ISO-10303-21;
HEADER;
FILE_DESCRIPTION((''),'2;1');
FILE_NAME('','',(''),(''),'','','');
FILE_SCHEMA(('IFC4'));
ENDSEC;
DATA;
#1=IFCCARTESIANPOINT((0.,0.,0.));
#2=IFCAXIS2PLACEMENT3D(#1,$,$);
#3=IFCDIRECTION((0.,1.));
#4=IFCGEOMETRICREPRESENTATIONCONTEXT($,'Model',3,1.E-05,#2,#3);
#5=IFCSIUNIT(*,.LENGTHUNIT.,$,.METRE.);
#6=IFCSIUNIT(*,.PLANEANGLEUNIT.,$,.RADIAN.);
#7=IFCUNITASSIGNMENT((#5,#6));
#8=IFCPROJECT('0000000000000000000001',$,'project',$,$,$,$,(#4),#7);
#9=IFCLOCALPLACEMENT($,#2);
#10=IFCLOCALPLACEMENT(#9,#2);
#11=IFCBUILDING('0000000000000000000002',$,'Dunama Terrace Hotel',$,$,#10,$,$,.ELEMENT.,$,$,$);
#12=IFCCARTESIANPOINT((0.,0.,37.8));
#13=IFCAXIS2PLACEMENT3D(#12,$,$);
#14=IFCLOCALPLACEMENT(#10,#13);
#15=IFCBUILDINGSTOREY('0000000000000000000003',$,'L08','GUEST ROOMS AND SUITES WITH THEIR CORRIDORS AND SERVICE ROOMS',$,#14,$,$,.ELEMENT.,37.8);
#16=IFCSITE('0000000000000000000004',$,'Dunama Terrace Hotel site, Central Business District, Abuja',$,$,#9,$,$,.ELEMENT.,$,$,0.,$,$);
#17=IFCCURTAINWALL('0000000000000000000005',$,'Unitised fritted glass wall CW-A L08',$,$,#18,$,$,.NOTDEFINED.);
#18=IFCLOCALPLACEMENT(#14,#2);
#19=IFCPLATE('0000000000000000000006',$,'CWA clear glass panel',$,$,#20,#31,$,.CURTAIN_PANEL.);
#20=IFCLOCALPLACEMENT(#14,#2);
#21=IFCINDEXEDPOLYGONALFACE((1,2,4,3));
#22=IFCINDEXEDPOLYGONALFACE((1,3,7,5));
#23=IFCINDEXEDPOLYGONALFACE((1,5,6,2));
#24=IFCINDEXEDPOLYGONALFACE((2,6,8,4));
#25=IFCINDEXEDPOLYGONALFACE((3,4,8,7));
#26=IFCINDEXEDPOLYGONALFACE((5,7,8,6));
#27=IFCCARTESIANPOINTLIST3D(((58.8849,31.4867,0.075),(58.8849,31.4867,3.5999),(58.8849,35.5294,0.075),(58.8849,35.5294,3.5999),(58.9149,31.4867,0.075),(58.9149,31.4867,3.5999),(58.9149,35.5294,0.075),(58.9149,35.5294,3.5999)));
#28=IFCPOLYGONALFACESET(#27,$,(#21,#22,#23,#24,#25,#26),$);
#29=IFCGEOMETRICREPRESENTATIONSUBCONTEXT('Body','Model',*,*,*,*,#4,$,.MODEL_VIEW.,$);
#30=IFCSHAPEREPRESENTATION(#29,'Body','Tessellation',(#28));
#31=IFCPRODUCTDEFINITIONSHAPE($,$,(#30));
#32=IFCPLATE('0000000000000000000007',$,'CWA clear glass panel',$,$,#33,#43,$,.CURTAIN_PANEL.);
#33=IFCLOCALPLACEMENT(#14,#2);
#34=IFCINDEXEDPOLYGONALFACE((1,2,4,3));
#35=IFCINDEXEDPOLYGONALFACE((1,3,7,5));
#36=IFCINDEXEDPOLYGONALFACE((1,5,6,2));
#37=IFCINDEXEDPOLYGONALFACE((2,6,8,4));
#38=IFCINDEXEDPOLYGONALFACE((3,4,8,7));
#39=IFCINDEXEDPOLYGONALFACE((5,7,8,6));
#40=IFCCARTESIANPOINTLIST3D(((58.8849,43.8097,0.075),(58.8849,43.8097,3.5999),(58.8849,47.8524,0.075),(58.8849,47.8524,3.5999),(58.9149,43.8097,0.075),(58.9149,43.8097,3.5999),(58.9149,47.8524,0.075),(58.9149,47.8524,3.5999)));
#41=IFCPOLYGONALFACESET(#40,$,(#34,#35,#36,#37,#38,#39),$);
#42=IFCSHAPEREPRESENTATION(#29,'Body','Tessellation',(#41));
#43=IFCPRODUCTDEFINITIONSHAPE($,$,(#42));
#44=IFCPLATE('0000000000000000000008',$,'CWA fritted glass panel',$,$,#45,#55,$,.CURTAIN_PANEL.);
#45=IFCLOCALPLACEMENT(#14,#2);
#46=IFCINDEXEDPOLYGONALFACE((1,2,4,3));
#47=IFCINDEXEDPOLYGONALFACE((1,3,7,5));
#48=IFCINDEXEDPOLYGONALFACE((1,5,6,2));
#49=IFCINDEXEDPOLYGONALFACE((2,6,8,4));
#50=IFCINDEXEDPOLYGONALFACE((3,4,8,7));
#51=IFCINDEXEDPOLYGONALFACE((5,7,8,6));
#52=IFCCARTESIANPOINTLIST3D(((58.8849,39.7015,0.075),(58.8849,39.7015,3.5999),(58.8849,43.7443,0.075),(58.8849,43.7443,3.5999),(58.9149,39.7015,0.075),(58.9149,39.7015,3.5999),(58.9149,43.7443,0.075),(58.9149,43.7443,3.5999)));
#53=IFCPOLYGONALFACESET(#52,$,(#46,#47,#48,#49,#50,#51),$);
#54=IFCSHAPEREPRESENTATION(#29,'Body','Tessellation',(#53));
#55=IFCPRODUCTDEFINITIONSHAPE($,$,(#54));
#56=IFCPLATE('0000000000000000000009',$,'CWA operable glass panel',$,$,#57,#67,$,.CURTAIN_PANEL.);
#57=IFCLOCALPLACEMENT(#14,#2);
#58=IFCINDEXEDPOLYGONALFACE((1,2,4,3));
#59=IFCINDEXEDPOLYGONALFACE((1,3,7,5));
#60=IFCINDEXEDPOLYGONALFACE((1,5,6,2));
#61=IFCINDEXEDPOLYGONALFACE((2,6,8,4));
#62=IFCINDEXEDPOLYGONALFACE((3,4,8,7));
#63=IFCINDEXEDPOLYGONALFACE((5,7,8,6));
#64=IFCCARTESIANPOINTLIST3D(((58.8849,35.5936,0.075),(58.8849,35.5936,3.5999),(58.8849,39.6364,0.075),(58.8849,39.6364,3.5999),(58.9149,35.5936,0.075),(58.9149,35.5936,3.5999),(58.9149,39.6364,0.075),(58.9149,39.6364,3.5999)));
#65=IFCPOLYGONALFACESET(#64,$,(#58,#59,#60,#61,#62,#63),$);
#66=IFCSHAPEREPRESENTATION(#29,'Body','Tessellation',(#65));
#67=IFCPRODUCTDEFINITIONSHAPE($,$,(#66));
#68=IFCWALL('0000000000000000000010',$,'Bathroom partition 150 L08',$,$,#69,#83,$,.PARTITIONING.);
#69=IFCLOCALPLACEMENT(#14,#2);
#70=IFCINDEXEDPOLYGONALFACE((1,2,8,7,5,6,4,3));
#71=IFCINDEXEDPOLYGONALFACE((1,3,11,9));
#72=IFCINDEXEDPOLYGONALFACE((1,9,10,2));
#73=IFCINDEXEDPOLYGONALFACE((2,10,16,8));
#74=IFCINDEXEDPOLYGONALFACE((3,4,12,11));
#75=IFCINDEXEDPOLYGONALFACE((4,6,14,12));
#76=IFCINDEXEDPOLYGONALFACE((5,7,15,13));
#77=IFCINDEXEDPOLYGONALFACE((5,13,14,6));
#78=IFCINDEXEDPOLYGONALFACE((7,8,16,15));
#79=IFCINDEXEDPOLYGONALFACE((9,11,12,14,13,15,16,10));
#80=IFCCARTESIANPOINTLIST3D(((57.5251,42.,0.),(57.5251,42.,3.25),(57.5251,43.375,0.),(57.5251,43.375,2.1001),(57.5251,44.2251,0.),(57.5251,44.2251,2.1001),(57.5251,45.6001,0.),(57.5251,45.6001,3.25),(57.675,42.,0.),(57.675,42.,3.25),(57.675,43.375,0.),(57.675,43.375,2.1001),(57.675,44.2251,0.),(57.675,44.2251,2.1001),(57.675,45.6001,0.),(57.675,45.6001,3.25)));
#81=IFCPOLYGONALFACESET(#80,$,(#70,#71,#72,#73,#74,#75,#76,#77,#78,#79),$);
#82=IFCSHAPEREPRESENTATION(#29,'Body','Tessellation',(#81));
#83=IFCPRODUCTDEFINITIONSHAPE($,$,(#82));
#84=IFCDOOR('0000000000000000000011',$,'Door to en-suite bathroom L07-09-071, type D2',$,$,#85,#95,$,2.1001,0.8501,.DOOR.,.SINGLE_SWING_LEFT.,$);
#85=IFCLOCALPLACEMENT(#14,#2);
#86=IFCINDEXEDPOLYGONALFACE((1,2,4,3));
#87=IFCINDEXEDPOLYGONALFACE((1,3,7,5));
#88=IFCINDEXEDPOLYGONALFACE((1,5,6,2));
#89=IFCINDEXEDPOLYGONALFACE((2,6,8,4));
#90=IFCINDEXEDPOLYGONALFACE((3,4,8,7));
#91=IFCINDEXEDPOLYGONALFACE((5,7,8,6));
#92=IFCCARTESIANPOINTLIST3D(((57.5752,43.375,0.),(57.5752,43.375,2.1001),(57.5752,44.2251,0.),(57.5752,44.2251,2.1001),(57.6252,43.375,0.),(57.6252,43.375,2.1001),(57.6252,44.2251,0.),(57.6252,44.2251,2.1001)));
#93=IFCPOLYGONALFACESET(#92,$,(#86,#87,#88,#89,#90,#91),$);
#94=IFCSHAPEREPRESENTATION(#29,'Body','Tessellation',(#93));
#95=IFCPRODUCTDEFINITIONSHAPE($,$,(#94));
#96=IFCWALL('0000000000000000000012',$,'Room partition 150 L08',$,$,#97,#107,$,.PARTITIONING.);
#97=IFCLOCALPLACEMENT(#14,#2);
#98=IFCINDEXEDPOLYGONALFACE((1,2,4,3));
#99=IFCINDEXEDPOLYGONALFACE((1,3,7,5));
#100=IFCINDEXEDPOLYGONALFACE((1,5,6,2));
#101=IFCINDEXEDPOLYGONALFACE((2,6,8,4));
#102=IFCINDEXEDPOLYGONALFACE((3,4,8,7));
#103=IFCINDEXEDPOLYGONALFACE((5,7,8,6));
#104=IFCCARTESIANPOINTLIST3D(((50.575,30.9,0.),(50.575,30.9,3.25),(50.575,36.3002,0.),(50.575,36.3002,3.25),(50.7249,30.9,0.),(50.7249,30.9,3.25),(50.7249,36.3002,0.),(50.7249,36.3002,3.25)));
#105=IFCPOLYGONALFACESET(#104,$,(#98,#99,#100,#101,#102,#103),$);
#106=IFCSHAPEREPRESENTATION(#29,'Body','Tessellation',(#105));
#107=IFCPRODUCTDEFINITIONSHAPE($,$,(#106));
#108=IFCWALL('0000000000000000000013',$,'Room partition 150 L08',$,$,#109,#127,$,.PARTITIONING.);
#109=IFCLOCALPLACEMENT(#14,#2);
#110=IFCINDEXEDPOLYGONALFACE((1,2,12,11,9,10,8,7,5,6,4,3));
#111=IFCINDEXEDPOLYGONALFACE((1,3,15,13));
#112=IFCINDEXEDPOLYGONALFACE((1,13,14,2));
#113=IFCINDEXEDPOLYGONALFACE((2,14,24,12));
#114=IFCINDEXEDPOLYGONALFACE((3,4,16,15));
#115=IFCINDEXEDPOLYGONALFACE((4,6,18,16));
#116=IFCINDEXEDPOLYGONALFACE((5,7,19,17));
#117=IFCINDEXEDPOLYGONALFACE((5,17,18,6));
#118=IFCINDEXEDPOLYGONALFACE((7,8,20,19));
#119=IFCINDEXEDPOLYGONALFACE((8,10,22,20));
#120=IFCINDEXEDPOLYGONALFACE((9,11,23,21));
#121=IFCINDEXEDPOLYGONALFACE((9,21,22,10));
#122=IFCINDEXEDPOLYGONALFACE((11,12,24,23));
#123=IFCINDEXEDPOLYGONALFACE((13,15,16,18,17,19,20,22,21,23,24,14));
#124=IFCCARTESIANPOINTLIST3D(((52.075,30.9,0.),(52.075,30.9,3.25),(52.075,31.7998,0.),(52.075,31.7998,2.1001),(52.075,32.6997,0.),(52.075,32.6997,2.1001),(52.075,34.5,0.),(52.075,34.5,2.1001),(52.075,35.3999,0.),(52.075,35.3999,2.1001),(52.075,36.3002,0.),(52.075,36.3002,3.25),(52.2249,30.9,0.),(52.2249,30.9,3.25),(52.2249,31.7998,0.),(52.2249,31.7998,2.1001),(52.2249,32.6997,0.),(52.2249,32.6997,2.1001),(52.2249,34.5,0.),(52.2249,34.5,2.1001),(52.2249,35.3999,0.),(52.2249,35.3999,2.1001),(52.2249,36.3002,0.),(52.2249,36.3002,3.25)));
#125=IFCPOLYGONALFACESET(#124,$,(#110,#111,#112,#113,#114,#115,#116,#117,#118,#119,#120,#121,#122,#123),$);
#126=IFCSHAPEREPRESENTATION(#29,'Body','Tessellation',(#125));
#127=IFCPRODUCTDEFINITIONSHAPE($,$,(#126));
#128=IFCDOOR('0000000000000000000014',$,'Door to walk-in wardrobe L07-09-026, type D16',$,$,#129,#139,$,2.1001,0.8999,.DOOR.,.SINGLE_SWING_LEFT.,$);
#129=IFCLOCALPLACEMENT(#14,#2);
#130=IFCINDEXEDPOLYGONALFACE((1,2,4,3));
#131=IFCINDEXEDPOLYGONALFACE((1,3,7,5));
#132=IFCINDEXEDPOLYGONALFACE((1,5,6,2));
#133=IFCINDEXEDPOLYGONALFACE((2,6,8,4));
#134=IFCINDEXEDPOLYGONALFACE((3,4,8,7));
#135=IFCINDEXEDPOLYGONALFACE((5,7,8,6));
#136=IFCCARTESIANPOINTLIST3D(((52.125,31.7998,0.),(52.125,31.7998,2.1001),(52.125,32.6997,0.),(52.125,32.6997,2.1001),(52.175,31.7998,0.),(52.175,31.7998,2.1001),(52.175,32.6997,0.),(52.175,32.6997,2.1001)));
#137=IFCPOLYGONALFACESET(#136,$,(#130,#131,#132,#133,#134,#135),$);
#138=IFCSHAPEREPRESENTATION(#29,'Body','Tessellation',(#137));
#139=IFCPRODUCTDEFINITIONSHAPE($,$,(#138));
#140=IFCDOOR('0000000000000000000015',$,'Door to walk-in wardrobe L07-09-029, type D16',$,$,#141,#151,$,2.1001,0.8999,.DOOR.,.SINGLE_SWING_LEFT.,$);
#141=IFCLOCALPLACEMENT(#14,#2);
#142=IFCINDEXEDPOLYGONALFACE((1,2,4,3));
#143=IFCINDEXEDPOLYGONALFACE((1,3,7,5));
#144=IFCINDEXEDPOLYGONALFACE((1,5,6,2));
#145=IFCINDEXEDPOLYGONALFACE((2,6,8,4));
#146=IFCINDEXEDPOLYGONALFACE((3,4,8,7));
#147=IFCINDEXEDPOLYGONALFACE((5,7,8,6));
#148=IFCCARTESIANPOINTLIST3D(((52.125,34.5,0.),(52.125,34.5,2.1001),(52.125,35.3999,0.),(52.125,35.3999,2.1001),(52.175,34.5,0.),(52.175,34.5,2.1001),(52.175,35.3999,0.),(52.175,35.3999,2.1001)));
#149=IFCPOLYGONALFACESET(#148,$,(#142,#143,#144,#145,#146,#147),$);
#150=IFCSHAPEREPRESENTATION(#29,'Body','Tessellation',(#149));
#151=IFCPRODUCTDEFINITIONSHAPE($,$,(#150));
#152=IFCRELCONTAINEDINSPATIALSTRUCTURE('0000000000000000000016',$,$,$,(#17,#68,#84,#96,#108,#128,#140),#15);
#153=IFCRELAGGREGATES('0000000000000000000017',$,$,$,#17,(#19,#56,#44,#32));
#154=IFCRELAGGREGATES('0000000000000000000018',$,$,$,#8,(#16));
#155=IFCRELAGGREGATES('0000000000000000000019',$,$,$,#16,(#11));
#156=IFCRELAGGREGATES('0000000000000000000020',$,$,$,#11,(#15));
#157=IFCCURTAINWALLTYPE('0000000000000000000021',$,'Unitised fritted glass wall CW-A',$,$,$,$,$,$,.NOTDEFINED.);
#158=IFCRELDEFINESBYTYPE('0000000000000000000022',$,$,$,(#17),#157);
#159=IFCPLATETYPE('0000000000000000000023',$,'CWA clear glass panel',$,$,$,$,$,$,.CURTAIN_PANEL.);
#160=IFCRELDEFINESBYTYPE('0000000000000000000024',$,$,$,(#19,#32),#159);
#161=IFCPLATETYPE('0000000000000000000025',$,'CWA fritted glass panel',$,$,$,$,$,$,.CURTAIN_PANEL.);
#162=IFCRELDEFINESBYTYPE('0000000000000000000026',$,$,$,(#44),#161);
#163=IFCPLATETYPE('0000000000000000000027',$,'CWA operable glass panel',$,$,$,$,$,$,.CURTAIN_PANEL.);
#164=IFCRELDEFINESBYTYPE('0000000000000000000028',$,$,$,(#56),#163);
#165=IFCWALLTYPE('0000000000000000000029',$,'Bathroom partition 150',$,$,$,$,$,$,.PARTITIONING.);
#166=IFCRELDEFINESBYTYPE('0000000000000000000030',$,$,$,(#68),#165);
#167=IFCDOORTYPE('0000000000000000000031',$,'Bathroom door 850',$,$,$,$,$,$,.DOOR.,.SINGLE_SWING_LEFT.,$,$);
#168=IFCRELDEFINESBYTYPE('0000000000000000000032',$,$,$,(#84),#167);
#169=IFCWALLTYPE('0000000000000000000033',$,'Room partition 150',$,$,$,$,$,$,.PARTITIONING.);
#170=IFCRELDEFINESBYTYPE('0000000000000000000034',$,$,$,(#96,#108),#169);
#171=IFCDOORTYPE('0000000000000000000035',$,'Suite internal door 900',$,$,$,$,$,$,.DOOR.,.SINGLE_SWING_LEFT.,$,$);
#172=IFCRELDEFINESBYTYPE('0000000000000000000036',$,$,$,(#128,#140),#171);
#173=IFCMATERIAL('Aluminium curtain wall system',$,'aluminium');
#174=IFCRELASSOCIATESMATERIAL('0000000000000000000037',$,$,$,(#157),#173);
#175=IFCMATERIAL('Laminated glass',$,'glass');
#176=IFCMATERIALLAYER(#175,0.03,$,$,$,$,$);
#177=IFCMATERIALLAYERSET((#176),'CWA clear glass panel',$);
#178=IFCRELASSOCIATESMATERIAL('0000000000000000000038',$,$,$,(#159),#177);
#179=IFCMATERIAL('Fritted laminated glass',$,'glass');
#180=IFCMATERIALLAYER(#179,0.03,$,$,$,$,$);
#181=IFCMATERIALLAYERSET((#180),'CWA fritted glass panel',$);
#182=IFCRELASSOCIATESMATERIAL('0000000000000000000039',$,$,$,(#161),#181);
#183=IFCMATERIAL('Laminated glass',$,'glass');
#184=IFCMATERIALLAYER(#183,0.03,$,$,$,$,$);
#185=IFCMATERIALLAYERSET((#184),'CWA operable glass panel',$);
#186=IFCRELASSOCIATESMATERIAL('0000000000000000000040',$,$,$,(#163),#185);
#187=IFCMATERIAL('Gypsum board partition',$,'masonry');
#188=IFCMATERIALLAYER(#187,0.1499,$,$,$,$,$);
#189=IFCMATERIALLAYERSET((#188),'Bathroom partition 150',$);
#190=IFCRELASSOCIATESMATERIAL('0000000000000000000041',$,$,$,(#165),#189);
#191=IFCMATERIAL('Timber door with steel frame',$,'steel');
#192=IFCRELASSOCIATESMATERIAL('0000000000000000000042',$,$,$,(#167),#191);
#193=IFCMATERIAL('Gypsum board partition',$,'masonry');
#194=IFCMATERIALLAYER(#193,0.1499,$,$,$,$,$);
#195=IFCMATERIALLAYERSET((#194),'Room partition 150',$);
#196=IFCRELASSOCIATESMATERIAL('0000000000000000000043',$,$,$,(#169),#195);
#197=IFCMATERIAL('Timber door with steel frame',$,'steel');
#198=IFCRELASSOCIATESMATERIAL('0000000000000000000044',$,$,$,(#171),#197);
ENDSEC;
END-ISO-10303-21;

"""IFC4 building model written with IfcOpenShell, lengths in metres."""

from ifc_helpers import new_model, si_unit, direction, frame, frame_2d, origin, origin_2d, place, context, subcontext, project, spatial, rectangle, extrude, material, layer, layer_set, type_object, element, fill, aggregate, save


model = new_model("IFC4")

# Units and contexts
model_context = context("Model", 3, precision=1e-05, world=origin(), true_north=direction((0.0, 1.0)))
body_context = subcontext(model_context, "Body", "Model", "MODEL_VIEW")
ifc_project = project(units=[si_unit("LENGTHUNIT", "METRE"), si_unit("PLANEANGLEUNIT", "RADIAN")], contexts=[model_context])

# Site, building, storey
site_placement = place(None, origin())
site = spatial("IfcSite", under=ifc_project, at=site_placement, Name="Dunama Terrace Hotel site, Central Business District, Abuja", CompositionType="ELEMENT", RefElevation=0.0)
building_placement = place(site_placement, origin())
building = spatial("IfcBuilding", under=site, at=building_placement, Name="Dunama Terrace Hotel", CompositionType="ELEMENT")
storey_placement = place(building_placement, frame((0.0, 0.0, 37.8)))
storey = spatial("IfcBuildingStorey", under=building, at=storey_placement, Name="L08", Description="GUEST ROOMS AND SUITES WITH THEIR CORRIDORS AND SERVICE ROOMS", CompositionType="ELEMENT", Elevation=37.8)

# Curtain wall
ifc_material_1 = material(Name="Aluminium curtain wall system", Category="aluminium")
curtain_wall_type = type_object("IfcCurtainWallType", Name="Unitised fritted glass wall CW-A", PredefinedType="NOTDEFINED", material=ifc_material_1)
curtain_wall_placement = place(storey_placement, origin())
curtain_wall = element("IfcCurtainWall", 1, at=curtain_wall_placement, inside=storey, type_object=curtain_wall_type, Name="Unitised fritted glass wall CW-A L08", PredefinedType="NOTDEFINED")

# Plates
ifc_material_2 = material(Name="Laminated glass", Category="glass")
ifc_layer_1 = layer(ifc_material_2, 0.03)
ifc_layer_set_1 = layer_set([ifc_layer_1], Name="CWA clear glass panel")
plate_type_1 = type_object("IfcPlateType", Name="CWA clear glass panel", PredefinedType="CURTAIN_PANEL", material=ifc_layer_set_1)
plate_1_placement = place(storey_placement, frame((58.8999, 33.5081, 0.075), z_axis=(0.0, 0.0, 1.0), x_axis=(0.0, 1.0, 0.0)))
plate_1 = element("IfcPlate", 2, at=plate_1_placement, type_object=plate_type_1, Name="CWA clear glass panel", PredefinedType="CURTAIN_PANEL", context=body_context, shape_type="SweptSolid", body=[
    extrude(rectangle(XDim=4.0427, YDim=0.03, at=origin_2d()), origin(), (0.0, 0.0, 1.0), 3.5249),
])
plate_2_placement = place(storey_placement, frame((58.8999, 45.8311, 0.075), z_axis=(0.0, 0.0, 1.0), x_axis=(0.0, 1.0, 0.0)))
plate_2 = element("IfcPlate", 3, at=plate_2_placement, type_object=plate_type_1, Name="CWA clear glass panel", PredefinedType="CURTAIN_PANEL", context=body_context, shape_type="SweptSolid", body=[
    extrude(rectangle(XDim=4.0427, YDim=0.03, at=origin_2d()), origin(), (0.0, 0.0, 1.0), 3.5249),
])
ifc_material_3 = material(Name="Fritted laminated glass", Category="glass")
ifc_layer_2 = layer(ifc_material_3, 0.03)
ifc_layer_set_2 = layer_set([ifc_layer_2], Name="CWA fritted glass panel")
plate_type_2 = type_object("IfcPlateType", Name="CWA fritted glass panel", PredefinedType="CURTAIN_PANEL", material=ifc_layer_set_2)
plate_3_placement = place(storey_placement, frame((58.8999, 41.7229, 0.075), z_axis=(0.0, 0.0, 1.0), x_axis=(0.0, 1.0, 0.0)))
plate_3 = element("IfcPlate", 4, at=plate_3_placement, type_object=plate_type_2, Name="CWA fritted glass panel", PredefinedType="CURTAIN_PANEL", context=body_context, shape_type="SweptSolid", body=[
    extrude(rectangle(XDim=4.0427, YDim=0.03, at=origin_2d()), origin(), (0.0, 0.0, 1.0), 3.5249),
])
ifc_material_4 = material(Name="Laminated glass", Category="glass")
ifc_layer_3 = layer(ifc_material_4, 0.03)
ifc_layer_set_3 = layer_set([ifc_layer_3], Name="CWA operable glass panel")
plate_type_3 = type_object("IfcPlateType", Name="CWA operable glass panel", PredefinedType="CURTAIN_PANEL", material=ifc_layer_set_3)
plate_4_placement = place(storey_placement, frame((58.8999, 37.615, 0.075), z_axis=(0.0, 0.0, 1.0), x_axis=(0.0, 1.0, 0.0)))
plate_4 = element("IfcPlate", 5, at=plate_4_placement, type_object=plate_type_3, Name="CWA operable glass panel", PredefinedType="CURTAIN_PANEL", context=body_context, shape_type="SweptSolid", body=[
    extrude(rectangle(XDim=4.0427, YDim=0.03, at=origin_2d()), origin(), (0.0, 0.0, 1.0), 3.5249),
])
aggregate(curtain_wall, [plate_1, plate_4, plate_3, plate_2])

# Wall, opening, door
ifc_material_5 = material(Name="Gypsum board partition", Category="masonry")
ifc_layer_4 = layer(ifc_material_5, 0.1499)
ifc_layer_set_4 = layer_set([ifc_layer_4], Name="Bathroom partition 150")
wall_type_1 = type_object("IfcWallType", Name="Bathroom partition 150", PredefinedType="PARTITIONING", material=ifc_layer_set_4)
wall_1_placement = place(storey_placement, frame((57.6001, 42.0, 0.0), z_axis=(0.0, 0.0, 1.0), x_axis=(0.0, 1.0, 0.0)))
wall_1 = element("IfcWall", 6, at=wall_1_placement, inside=storey, type_object=wall_type_1, Name="Bathroom partition 150 L08", PredefinedType="PARTITIONING", context=body_context, shape_type="SweptSolid", body=[
    extrude(rectangle(XDim=3.6001, YDim=0.1499, at=frame_2d((1.8, 0.0))), origin(), (0.0, 0.0, 1.0), 3.25),
])
opening_1_placement = place(wall_1_placement, frame((1.375, 0.0, 0.0)))
opening_1 = element("IfcOpeningElement", 7, at=opening_1_placement, cuts=wall_1, PredefinedType="OPENING", context=body_context, shape_type="SweptSolid", body=[
    extrude(rectangle(XDim=0.8501, YDim=2.1001, at=frame_2d((0.425, 1.05))), frame((0.0, 0.085, 0.0), z_axis=(0.0, -1.0, 0.0), x_axis=(1.0, 0.0, 0.0)), (0.0, 0.0, 1.0), 0.1699),
])
ifc_material_6 = material(Name="Timber door with steel frame", Category="steel")
door_type_1 = type_object("IfcDoorType", Name="Bathroom door 850", OperationType="SINGLE_SWING_LEFT", PredefinedType="DOOR", material=ifc_material_6)
door_1_placement = place(opening_1_placement, origin())
door_1 = element("IfcDoor", 8, at=door_1_placement, inside=storey, type_object=door_type_1, Name="Door to en-suite bathroom L07-09-071, type D2", OperationType="SINGLE_SWING_LEFT", OverallHeight=2.1001, OverallWidth=0.8501, PredefinedType="DOOR", context=body_context, shape_type="SweptSolid", body=[
    extrude(rectangle(XDim=0.8501, YDim=2.1001, at=frame_2d((0.425, 1.05))), frame((0.0, 0.0249, 0.0), z_axis=(0.0, -1.0, 0.0), x_axis=(1.0, 0.0, 0.0)), (0.0, 0.0, 1.0), 0.05),
])
fill(opening_1, door_1)

# Wall
ifc_material_7 = material(Name="Gypsum board partition", Category="masonry")
ifc_layer_5 = layer(ifc_material_7, 0.1499)
ifc_layer_set_5 = layer_set([ifc_layer_5], Name="Room partition 150")
wall_type_2 = type_object("IfcWallType", Name="Room partition 150", PredefinedType="PARTITIONING", material=ifc_layer_set_5)
wall_2_placement = place(storey_placement, frame((50.6499, 30.8999, 0.0), z_axis=(0.0, 0.0, 1.0), x_axis=(0.0, 1.0, 0.0)))
element("IfcWall", 9, at=wall_2_placement, inside=storey, type_object=wall_type_2, Name="Room partition 150 L08", PredefinedType="PARTITIONING", context=body_context, shape_type="SweptSolid", body=[
    extrude(rectangle(XDim=5.4001, YDim=0.1499, at=frame_2d((2.7002, 0.0))), origin(), (0.0, 0.0, 1.0), 3.25),
])

# Wall, openings, doors
wall_3_placement = place(storey_placement, frame((52.1499, 30.8999, 0.0), z_axis=(0.0, 0.0, 1.0), x_axis=(0.0, 1.0, 0.0)))
wall_3 = element("IfcWall", 10, at=wall_3_placement, inside=storey, type_object=wall_type_2, Name="Room partition 150 L08", PredefinedType="PARTITIONING", context=body_context, shape_type="SweptSolid", body=[
    extrude(rectangle(XDim=5.4001, YDim=0.1499, at=frame_2d((2.7002, 0.0))), origin(), (0.0, 0.0, 1.0), 3.25),
])
opening_2_placement = place(wall_3_placement, frame((0.8999, 0.0, 0.0)))
opening_2 = element("IfcOpeningElement", 11, at=opening_2_placement, cuts=wall_3, PredefinedType="OPENING", context=body_context, shape_type="SweptSolid", body=[
    extrude(rectangle(XDim=0.8999, YDim=2.1001, at=frame_2d((0.45, 1.05))), frame((0.0, 0.085, 0.0), z_axis=(0.0, -1.0, 0.0), x_axis=(1.0, 0.0, 0.0)), (0.0, 0.0, 1.0), 0.1699),
])
opening_3_placement = place(wall_3_placement, frame((3.6001, 0.0, 0.0)))
opening_3 = element("IfcOpeningElement", 12, at=opening_3_placement, cuts=wall_3, PredefinedType="OPENING", context=body_context, shape_type="SweptSolid", body=[
    extrude(rectangle(XDim=0.8999, YDim=2.1001, at=frame_2d((0.45, 1.05))), frame((0.0, 0.085, 0.0), z_axis=(0.0, -1.0, 0.0), x_axis=(1.0, 0.0, 0.0)), (0.0, 0.0, 1.0), 0.1699),
])
ifc_material_8 = material(Name="Timber door with steel frame", Category="steel")
door_type_2 = type_object("IfcDoorType", Name="Suite internal door 900", OperationType="SINGLE_SWING_LEFT", PredefinedType="DOOR", material=ifc_material_8)
door_2_placement = place(opening_2_placement, origin())
door_2 = element("IfcDoor", 13, at=door_2_placement, inside=storey, type_object=door_type_2, Name="Door to walk-in wardrobe L07-09-026, type D16", OperationType="SINGLE_SWING_LEFT", OverallHeight=2.1001, OverallWidth=0.8999, PredefinedType="DOOR", context=body_context, shape_type="SweptSolid", body=[
    extrude(rectangle(XDim=0.8999, YDim=2.1001, at=frame_2d((0.45, 1.05))), frame((0.0, 0.0249, 0.0), z_axis=(0.0, -1.0, 0.0), x_axis=(1.0, 0.0, 0.0)), (0.0, 0.0, 1.0), 0.05),
])
fill(opening_2, door_2)
door_3_placement = place(opening_3_placement, origin())
door_3 = element("IfcDoor", 14, at=door_3_placement, inside=storey, type_object=door_type_2, Name="Door to walk-in wardrobe L07-09-029, type D16", OperationType="SINGLE_SWING_LEFT", OverallHeight=2.1001, OverallWidth=0.8999, PredefinedType="DOOR", context=body_context, shape_type="SweptSolid", body=[
    extrude(rectangle(XDim=0.8999, YDim=2.1001, at=frame_2d((0.45, 1.05))), frame((0.0, 0.0249, 0.0), z_axis=(0.0, -1.0, 0.0), x_axis=(1.0, 0.0, 0.0)), (0.0, 0.0, 1.0), 0.05),
])
fill(opening_3, door_3)

save(model, "model.ifc")
